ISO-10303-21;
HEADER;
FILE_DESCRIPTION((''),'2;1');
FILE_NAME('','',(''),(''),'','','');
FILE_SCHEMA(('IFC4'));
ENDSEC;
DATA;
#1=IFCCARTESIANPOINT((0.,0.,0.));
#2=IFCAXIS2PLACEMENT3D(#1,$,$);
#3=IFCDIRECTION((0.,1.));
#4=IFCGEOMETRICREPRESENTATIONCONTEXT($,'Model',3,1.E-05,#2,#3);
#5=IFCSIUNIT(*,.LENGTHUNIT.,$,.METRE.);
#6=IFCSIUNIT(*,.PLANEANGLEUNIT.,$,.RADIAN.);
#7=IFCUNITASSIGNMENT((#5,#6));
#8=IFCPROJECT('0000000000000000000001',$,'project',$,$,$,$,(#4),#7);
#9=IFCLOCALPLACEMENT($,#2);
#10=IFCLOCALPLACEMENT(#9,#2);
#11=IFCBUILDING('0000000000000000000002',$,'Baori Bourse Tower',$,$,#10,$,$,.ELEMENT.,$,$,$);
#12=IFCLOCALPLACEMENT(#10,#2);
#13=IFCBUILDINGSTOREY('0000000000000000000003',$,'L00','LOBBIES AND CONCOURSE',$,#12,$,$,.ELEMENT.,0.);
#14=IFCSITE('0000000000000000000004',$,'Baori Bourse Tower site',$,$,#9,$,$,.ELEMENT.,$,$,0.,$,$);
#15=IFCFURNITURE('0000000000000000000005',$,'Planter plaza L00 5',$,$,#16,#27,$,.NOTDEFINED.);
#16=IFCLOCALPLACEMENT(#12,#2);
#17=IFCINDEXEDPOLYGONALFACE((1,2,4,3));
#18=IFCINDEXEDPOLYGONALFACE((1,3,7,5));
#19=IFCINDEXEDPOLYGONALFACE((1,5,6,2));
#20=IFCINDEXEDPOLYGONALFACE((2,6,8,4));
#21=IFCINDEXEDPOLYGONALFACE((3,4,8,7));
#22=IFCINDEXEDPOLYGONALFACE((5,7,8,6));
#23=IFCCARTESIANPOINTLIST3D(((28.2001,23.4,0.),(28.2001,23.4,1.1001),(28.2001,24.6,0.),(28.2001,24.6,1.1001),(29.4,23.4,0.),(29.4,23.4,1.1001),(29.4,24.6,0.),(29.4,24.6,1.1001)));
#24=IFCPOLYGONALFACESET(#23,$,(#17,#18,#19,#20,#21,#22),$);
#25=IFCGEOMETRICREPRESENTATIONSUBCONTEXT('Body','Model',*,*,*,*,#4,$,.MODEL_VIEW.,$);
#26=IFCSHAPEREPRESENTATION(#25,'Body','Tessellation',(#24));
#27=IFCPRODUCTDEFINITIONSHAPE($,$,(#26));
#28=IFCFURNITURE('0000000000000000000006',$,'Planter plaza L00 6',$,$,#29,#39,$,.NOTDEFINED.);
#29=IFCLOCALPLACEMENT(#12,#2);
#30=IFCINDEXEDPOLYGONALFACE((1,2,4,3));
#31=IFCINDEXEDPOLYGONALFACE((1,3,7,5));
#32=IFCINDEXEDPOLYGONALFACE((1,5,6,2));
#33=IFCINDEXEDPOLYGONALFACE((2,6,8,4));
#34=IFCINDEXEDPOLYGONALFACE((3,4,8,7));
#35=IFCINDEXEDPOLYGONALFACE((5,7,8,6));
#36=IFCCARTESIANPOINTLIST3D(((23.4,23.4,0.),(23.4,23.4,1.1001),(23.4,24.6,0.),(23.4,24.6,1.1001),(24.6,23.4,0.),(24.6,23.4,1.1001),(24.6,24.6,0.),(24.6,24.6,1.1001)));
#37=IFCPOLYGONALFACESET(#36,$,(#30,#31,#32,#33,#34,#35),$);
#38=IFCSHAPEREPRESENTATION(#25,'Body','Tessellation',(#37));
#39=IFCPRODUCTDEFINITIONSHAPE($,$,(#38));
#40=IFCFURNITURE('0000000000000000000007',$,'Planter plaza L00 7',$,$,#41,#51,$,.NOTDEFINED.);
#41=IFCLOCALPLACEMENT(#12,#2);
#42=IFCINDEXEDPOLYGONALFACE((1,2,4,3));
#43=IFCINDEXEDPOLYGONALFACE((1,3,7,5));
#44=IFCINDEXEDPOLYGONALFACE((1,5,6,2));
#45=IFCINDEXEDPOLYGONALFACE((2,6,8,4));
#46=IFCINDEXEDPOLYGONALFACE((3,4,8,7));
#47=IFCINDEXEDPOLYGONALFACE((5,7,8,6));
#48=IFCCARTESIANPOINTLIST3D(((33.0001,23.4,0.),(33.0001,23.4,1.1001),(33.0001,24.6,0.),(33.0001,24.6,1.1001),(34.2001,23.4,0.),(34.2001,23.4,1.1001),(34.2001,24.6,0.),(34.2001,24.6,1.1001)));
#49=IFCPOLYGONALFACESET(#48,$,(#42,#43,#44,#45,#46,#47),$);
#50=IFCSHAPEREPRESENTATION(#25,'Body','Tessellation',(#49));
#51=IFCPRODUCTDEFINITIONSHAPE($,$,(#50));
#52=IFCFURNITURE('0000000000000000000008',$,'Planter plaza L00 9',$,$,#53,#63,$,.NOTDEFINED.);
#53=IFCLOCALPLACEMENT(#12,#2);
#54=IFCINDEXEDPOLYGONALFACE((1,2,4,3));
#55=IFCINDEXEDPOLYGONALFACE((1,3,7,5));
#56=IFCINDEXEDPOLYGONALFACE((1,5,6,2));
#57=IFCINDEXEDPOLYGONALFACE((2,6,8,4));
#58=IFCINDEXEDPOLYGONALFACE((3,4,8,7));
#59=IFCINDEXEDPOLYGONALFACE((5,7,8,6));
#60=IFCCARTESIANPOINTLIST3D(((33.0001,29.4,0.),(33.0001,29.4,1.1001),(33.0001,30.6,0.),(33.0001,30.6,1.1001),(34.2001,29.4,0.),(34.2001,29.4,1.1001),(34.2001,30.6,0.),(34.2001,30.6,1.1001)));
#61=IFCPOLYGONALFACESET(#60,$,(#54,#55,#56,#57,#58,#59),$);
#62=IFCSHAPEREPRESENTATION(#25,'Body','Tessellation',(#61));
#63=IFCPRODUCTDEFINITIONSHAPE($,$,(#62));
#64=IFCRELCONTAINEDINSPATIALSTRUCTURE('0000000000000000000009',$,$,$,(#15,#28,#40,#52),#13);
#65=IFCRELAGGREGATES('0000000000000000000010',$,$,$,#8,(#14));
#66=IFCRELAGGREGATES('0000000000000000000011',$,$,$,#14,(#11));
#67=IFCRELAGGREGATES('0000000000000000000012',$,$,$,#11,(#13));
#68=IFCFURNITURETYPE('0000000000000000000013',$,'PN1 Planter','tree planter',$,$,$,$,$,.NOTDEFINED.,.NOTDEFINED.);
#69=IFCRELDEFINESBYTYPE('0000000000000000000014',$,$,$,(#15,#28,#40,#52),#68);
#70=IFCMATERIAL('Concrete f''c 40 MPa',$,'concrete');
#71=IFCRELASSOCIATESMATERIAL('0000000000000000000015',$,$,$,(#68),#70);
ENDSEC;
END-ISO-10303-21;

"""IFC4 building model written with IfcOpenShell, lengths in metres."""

from ifc_helpers import new_model, si_unit, direction, frame, origin, origin_2d, place, context, subcontext, project, spatial, rectangle, extrude, material, type_object, element, save


model = new_model("IFC4")

# Units and contexts
model_context = context("Model", 3, precision=1e-05, world=origin(), true_north=direction((0.0, 1.0)))
body_context = subcontext(model_context, "Body", "Model", "MODEL_VIEW")
ifc_project = project(units=[si_unit("LENGTHUNIT", "METRE"), si_unit("PLANEANGLEUNIT", "RADIAN")], contexts=[model_context])

# Site, building, storey
site_placement = place(None, origin())
site = spatial("IfcSite", under=ifc_project, at=site_placement, Name="Baori Bourse Tower site", CompositionType="ELEMENT", RefElevation=0.0)
building_placement = place(site_placement, origin())
building = spatial("IfcBuilding", under=site, at=building_placement, Name="Baori Bourse Tower", CompositionType="ELEMENT")
storey_placement = place(building_placement, origin())
storey = spatial("IfcBuildingStorey", under=building, at=storey_placement, Name="L00", Description="LOBBIES AND CONCOURSE", CompositionType="ELEMENT", Elevation=0.0)

# Furniture
ifc_material_1 = material(Name="Concrete f'c 40 MPa", Category="concrete")
furniture_type = type_object("IfcFurnitureType", Name="PN1 Planter", Description="tree planter", AssemblyPlace="NOTDEFINED", PredefinedType="NOTDEFINED", material=ifc_material_1)
for number, where, z_axis, x_axis, name in (
    (1, (28.8, 24.0, 0.0), (0.0, 0.0, 1.0), (1.0, 0.0, 0.0), "Planter plaza L00 5"),
    (2, (24.0, 24.0, 0.0), (0.0, 0.0, 1.0), (1.0, 0.0, 0.0), "Planter plaza L00 6"),
    (3, (33.6001, 24.0, 0.0), (0.0, 0.0, 1.0), (1.0, 0.0, 0.0), "Planter plaza L00 7"),
    (4, (33.6001, 30.0, 0.0), (0.0, 0.0, 1.0), (1.0, 0.0, 0.0), "Planter plaza L00 9"),
):
    element("IfcFurniture", number, at=place(storey_placement, frame(where, z_axis=z_axis, x_axis=x_axis)), inside=storey, type_object=furniture_type, Name=name, PredefinedType="NOTDEFINED", context=body_context, shape_type="SweptSolid", body=[
        extrude(rectangle(XDim=1.2, YDim=1.2, at=origin_2d()), origin(), (0.0, 0.0, 1.0), 1.1001),
    ])

save(model, "model.ifc")
